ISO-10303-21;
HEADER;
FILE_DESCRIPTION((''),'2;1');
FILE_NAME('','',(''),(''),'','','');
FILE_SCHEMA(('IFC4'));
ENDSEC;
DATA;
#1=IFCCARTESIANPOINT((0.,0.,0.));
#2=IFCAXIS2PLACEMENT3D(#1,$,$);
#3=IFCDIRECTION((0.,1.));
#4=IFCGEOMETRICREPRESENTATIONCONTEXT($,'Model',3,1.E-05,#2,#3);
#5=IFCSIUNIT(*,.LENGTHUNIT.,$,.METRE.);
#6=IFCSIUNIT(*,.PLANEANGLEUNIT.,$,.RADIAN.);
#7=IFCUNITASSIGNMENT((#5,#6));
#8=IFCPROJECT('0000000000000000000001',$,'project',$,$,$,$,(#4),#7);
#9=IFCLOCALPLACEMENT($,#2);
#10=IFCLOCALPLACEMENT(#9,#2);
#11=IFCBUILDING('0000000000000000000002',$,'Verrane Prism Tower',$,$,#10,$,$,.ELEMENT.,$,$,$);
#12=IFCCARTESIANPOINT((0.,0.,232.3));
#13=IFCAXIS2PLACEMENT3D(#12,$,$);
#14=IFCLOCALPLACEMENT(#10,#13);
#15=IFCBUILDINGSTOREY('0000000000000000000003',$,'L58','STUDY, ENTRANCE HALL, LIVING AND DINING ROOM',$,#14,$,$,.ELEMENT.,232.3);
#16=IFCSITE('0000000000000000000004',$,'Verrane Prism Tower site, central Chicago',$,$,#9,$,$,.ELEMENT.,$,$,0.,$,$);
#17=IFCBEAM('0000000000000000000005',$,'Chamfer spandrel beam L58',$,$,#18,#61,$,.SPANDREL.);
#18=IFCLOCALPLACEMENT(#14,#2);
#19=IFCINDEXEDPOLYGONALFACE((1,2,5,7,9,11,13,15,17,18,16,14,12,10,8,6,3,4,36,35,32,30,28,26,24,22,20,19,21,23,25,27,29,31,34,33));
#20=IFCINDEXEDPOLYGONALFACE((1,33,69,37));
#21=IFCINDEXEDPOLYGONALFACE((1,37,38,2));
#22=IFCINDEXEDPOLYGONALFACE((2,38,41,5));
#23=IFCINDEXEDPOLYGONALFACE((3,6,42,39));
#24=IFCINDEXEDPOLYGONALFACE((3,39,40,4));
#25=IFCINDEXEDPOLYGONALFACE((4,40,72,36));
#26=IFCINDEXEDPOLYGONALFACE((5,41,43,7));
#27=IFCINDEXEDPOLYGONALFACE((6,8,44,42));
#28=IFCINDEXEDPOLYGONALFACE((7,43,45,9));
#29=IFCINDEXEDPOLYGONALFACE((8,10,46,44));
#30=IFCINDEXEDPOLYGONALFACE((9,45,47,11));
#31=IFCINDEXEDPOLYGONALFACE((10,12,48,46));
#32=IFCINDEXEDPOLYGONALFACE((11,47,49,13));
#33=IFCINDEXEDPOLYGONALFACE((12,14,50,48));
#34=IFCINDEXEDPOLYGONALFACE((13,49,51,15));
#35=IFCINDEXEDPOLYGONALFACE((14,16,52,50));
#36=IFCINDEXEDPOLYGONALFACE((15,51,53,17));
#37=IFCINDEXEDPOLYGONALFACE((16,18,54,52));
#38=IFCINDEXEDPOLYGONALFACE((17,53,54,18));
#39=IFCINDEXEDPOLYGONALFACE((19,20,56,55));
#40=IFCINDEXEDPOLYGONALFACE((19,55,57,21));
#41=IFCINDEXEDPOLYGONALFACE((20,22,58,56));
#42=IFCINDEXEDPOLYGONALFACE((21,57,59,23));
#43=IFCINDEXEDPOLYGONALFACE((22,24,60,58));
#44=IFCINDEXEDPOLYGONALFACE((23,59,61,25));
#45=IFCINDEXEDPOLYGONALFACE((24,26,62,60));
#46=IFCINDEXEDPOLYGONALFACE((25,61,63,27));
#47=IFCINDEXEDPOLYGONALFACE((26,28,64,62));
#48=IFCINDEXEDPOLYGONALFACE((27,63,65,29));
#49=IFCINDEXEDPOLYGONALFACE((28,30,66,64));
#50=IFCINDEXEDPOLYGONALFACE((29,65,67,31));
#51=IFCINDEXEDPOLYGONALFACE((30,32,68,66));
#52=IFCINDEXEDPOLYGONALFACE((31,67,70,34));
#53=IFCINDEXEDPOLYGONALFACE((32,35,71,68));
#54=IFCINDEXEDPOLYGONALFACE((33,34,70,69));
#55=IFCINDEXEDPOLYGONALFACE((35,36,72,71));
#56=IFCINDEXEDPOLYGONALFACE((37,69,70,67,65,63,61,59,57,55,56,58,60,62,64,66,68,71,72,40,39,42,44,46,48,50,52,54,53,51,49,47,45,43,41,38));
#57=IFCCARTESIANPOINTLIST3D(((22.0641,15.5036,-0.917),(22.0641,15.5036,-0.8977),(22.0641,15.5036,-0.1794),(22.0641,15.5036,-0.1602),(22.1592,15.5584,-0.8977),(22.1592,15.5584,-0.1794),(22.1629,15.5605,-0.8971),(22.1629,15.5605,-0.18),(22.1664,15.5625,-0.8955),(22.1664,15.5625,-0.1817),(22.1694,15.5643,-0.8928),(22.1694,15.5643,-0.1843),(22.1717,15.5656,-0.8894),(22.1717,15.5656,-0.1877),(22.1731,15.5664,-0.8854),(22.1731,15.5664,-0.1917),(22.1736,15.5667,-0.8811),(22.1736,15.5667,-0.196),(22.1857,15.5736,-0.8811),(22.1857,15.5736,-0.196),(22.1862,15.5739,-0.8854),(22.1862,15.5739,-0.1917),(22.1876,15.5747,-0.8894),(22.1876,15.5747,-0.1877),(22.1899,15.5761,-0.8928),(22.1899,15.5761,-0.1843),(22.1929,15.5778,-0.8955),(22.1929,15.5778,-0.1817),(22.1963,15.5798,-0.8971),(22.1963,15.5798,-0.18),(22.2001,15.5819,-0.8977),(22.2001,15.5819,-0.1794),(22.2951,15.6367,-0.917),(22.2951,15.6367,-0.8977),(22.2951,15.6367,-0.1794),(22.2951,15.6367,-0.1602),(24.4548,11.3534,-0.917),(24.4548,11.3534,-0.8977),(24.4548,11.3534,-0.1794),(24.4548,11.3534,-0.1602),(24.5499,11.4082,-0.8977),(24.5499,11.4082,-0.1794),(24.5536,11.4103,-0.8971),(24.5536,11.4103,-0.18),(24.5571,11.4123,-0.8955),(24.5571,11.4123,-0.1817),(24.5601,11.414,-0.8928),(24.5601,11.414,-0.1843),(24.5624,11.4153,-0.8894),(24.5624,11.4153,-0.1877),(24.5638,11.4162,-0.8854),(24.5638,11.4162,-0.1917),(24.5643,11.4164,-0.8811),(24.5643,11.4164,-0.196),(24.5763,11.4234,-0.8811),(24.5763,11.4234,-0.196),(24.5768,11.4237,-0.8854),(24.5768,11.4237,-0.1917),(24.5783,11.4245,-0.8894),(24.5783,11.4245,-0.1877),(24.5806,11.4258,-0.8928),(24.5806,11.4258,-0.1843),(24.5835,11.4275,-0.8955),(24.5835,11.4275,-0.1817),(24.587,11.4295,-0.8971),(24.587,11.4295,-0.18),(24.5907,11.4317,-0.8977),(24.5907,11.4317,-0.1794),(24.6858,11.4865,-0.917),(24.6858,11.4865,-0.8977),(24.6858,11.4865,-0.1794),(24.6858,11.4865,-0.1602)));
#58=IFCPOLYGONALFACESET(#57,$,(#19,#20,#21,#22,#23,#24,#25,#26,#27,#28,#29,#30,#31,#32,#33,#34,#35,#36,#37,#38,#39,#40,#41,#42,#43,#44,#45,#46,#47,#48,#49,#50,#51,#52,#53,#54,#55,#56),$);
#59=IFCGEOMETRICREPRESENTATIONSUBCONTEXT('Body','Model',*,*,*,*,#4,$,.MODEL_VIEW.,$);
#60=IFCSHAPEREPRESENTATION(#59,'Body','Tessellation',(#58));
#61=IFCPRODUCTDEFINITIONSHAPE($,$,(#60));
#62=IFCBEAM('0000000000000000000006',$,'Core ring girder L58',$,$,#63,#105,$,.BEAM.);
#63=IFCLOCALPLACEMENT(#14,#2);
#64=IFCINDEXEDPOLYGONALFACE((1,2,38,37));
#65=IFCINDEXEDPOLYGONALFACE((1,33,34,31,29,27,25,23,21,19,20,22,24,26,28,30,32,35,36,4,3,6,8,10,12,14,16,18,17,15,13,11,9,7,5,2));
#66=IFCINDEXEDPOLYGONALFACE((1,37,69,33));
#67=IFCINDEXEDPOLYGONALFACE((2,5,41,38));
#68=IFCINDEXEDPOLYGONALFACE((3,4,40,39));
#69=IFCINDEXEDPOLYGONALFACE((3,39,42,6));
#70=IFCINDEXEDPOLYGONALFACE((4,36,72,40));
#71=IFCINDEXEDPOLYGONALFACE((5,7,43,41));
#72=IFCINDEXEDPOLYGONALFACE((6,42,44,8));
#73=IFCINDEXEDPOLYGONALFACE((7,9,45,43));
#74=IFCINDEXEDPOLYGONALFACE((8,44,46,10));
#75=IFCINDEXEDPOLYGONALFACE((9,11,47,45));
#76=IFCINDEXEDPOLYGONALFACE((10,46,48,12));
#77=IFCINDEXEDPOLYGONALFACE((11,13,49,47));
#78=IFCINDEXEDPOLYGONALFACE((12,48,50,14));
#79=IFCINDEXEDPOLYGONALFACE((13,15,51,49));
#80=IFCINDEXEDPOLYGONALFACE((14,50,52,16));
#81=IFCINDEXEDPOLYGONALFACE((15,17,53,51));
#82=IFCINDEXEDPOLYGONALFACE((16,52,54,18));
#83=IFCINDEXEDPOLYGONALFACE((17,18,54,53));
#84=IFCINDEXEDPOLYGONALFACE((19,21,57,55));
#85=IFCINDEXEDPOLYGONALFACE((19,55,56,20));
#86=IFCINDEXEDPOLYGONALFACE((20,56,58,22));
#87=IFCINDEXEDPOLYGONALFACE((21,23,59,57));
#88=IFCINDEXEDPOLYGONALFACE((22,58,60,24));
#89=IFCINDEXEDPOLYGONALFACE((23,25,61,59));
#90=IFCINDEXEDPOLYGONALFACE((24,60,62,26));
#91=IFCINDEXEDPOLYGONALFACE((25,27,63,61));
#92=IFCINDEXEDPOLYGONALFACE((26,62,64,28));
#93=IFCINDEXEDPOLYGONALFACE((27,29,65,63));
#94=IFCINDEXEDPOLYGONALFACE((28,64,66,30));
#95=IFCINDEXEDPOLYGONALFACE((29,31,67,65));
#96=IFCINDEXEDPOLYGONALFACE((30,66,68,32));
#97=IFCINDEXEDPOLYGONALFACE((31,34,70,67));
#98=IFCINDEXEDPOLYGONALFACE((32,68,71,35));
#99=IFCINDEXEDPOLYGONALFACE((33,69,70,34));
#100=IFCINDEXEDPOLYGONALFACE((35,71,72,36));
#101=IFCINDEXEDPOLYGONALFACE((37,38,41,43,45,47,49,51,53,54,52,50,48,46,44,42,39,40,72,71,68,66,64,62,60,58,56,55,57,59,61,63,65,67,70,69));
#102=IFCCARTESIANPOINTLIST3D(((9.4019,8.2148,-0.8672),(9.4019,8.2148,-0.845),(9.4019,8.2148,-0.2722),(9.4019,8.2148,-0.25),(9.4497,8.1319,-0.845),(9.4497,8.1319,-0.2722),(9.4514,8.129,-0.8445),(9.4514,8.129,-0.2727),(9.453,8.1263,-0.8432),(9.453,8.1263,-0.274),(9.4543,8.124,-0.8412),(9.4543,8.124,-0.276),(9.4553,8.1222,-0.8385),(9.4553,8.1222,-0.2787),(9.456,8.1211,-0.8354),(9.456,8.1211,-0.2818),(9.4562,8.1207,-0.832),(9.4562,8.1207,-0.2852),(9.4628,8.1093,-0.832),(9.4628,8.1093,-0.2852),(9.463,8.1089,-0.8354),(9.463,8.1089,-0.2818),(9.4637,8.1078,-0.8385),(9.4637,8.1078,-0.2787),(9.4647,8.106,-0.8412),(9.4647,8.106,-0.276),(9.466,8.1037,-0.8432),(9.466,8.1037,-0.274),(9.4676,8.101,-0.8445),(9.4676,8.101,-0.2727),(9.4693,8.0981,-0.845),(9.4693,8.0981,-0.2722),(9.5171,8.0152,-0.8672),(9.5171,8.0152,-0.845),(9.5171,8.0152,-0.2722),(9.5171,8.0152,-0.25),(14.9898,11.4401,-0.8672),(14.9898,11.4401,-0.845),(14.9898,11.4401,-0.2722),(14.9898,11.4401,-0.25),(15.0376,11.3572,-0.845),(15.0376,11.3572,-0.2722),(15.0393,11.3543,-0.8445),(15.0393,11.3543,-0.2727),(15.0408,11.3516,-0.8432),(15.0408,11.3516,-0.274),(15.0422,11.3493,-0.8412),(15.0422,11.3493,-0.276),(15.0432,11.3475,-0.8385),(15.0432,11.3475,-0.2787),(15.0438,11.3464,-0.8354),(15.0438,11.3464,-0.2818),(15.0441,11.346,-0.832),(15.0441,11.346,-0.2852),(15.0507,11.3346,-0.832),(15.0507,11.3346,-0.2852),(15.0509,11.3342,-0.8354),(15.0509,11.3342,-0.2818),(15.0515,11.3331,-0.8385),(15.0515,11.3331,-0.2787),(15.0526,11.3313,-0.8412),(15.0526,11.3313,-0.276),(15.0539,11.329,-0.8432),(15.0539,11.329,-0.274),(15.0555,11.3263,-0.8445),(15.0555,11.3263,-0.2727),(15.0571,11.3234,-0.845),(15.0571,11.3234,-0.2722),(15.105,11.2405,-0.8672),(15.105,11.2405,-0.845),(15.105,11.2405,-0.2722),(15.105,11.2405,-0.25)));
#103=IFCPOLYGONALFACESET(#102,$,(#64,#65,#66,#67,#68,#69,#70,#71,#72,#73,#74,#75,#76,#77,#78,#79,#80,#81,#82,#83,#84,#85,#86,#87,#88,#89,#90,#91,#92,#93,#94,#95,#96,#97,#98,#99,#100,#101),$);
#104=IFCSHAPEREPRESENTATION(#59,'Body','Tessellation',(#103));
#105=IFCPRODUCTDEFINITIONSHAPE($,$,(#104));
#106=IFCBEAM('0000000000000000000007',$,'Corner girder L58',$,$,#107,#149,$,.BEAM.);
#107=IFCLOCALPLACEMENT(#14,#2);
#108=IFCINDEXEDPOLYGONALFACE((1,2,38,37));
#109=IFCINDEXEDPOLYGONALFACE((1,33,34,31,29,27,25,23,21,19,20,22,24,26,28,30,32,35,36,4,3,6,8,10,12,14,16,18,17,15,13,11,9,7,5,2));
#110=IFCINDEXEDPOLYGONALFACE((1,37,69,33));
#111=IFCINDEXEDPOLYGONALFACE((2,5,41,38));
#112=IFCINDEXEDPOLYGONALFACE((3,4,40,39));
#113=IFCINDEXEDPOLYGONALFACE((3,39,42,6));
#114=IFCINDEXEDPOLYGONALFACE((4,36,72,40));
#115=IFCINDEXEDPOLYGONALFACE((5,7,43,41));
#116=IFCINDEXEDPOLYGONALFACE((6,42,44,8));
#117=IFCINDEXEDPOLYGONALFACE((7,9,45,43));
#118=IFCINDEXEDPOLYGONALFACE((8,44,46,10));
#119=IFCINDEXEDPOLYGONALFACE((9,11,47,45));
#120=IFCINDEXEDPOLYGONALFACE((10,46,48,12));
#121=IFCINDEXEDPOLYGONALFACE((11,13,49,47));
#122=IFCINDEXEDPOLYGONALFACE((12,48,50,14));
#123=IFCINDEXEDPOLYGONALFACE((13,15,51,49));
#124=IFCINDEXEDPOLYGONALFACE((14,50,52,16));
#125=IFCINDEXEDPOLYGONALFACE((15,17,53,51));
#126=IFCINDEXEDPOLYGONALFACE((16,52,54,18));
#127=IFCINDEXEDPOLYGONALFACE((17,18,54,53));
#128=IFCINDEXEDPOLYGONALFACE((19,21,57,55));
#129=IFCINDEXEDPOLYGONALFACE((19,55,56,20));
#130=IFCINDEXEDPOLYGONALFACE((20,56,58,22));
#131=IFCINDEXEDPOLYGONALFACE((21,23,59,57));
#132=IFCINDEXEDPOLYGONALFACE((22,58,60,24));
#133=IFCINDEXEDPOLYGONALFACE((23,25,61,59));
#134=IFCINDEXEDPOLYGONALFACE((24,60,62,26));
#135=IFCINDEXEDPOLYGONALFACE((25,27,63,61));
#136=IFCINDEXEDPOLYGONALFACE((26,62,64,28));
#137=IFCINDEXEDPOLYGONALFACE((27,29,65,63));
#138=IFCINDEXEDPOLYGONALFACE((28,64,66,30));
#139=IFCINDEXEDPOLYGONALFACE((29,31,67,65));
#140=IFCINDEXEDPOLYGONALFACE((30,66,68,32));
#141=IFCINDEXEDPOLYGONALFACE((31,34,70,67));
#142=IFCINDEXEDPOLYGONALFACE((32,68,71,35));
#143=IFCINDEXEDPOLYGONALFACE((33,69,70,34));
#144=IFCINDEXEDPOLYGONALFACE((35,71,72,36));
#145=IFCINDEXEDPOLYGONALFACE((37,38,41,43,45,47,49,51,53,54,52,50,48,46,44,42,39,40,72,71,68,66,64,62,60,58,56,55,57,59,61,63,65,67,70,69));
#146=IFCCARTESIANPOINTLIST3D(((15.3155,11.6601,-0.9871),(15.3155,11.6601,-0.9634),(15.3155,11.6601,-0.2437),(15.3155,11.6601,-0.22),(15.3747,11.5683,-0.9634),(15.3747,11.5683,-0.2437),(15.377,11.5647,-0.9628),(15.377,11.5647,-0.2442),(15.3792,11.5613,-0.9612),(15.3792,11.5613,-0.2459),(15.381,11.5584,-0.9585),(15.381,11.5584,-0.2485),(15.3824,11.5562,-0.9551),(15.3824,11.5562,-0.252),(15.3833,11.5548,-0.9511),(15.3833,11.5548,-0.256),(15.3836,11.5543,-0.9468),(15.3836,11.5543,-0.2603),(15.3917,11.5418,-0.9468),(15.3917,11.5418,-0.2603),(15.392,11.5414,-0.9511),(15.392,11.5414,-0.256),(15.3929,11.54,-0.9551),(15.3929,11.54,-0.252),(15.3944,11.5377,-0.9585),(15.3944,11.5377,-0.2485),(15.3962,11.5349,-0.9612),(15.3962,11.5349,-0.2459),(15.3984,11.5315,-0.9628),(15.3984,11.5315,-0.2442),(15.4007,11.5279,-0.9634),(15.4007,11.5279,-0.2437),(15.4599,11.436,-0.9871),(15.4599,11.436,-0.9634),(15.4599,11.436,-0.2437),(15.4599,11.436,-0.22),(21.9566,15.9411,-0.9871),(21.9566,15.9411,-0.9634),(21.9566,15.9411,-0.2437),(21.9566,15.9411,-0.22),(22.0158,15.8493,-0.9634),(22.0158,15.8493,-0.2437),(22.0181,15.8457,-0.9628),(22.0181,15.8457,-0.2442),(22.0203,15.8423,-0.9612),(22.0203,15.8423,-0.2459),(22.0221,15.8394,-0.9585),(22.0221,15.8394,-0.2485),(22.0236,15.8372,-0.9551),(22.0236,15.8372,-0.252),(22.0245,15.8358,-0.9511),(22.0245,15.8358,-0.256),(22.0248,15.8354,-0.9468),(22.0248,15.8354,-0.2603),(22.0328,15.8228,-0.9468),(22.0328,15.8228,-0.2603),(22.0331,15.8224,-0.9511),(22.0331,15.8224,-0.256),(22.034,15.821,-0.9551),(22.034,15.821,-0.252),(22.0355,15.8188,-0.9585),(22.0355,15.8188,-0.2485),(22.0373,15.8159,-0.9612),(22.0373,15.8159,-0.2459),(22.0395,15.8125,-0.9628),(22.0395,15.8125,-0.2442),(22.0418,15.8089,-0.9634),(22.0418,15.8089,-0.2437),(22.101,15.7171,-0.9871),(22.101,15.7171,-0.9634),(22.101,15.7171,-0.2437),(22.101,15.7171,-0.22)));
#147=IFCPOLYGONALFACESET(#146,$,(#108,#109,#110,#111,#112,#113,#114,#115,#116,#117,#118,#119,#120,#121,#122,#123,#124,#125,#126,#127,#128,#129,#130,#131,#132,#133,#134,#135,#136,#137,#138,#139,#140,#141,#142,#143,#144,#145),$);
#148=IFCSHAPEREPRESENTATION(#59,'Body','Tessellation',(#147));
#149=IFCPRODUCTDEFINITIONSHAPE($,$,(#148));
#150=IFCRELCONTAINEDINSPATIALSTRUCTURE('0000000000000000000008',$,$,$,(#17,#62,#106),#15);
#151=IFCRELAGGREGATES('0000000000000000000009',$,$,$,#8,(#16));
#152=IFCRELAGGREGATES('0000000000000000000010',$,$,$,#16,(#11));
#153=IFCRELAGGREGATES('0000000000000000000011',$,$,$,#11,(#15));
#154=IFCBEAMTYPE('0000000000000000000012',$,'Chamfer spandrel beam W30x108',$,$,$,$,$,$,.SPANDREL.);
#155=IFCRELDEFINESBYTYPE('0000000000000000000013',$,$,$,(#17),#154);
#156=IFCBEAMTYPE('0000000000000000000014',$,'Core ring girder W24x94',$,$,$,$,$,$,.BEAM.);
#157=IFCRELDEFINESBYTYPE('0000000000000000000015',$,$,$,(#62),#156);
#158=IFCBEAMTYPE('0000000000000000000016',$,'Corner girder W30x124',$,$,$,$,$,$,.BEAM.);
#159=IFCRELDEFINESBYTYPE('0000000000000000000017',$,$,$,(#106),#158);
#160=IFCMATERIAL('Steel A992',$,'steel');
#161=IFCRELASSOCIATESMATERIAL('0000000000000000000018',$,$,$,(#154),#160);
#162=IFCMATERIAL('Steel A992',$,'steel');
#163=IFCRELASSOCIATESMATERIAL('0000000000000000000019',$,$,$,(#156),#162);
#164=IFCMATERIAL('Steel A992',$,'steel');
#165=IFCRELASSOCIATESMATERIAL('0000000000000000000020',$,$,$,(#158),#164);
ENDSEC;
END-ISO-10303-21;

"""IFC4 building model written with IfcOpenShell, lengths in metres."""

from ifc_helpers import new_model, si_unit, direction, frame, origin, origin_2d, place, context, subcontext, project, spatial, i_section, extrude, material, material_profile, profile_set, type_object, element, save


model = new_model("IFC4")

# Units and contexts
model_context = context("Model", 3, precision=1e-05, world=origin(), true_north=direction((0.0, 1.0)))
body_context = subcontext(model_context, "Body", "Model", "MODEL_VIEW")
ifc_project = project(units=[si_unit("LENGTHUNIT", "METRE"), si_unit("PLANEANGLEUNIT", "RADIAN")], contexts=[model_context])

# Site, building, storey
site_placement = place(None, origin())
site = spatial("IfcSite", under=ifc_project, at=site_placement, Name="Verrane Prism Tower site, central Chicago", CompositionType="ELEMENT", RefElevation=0.0)
building_placement = place(site_placement, origin())
building = spatial("IfcBuilding", under=site, at=building_placement, Name="Verrane Prism Tower", CompositionType="ELEMENT")
storey_placement = place(building_placement, frame((0.0, 0.0, 232.3)))
storey = spatial("IfcBuildingStorey", under=building, at=storey_placement, Name="L58", Description="STUDY, ENTRANCE HALL, LIVING AND DINING ROOM", CompositionType="ELEMENT", Elevation=232.3)

# Beams
ifc_material_1 = material(Name="Steel A992", Category="steel")
ifc_material_profile_1 = material_profile(ifc_material_1, i_section(OverallWidth=0.2666, OverallDepth=0.7568, WebThickness=0.0139, FlangeThickness=0.0193, FilletRadius=0.0166, at=origin_2d()), Name="W30x108")
ifc_profile_set_1 = profile_set([ifc_material_profile_1], Name="Steel A992")
beam_type_1 = type_object("IfcBeamType", Name="Chamfer spandrel beam W30x108", PredefinedType="SPANDREL", material=ifc_profile_set_1)
beam_1_placement = place(storey_placement, frame((24.5703, 11.4199, -0.5386), z_axis=(-0.499144, 0.866519, 0.0), x_axis=(-0.866519, -0.499144, 0.0)))
element("IfcBeam", 1, at=beam_1_placement, inside=storey, type_object=beam_type_1, Name="Chamfer spandrel beam L58", PredefinedType="SPANDREL", context=body_context, shape_type="SweptSolid", body=[
    extrude(i_section(OverallWidth=0.2666, OverallDepth=0.7568, WebThickness=0.0139, FlangeThickness=0.0193, FilletRadius=0.0166, at=origin_2d()), origin(), (0.0, 0.0, 1.0), 4.7896),
])
ifc_material_2 = material(Name="Steel A992", Category="steel")
ifc_material_profile_2 = material_profile(ifc_material_2, i_section(OverallWidth=0.2305, OverallDepth=0.6172, WebThickness=0.0132, FlangeThickness=0.0222, FilletRadius=0.0129, at=origin_2d()), Name="W24x94")
ifc_profile_set_2 = profile_set([ifc_material_profile_2], Name="Steel A992")
beam_type_2 = type_object("IfcBeamType", Name="Core ring girder W24x94", PredefinedType="BEAM", material=ifc_profile_set_2)
beam_2_placement = place(storey_placement, frame((15.0474, 11.3403, -0.5586), z_axis=(-0.866081, -0.499904, 0.0), x_axis=(0.499904, -0.866081, 0.0)))
element("IfcBeam", 2, at=beam_2_placement, inside=storey, type_object=beam_type_2, Name="Core ring girder L58", PredefinedType="BEAM", context=body_context, shape_type="SweptSolid", body=[
    extrude(i_section(OverallWidth=0.2305, OverallDepth=0.6172, WebThickness=0.0132, FlangeThickness=0.0222, FilletRadius=0.0129, at=origin_2d()), origin(), (0.0, 0.0, 1.0), 6.4519),
])
ifc_material_3 = material(Name="Steel A992", Category="steel")
ifc_material_profile_3 = material_profile(ifc_material_3, i_section(OverallWidth=0.2666, OverallDepth=0.7671, WebThickness=0.0149, FlangeThickness=0.0237, FilletRadius=0.0166, at=origin_2d()), Name="W30x124")
ifc_profile_set_3 = profile_set([ifc_material_profile_3], Name="Steel A992")
beam_type_3 = type_object("IfcBeamType", Name="Corner girder W30x124", PredefinedType="BEAM", material=ifc_profile_set_3)
beam_3_placement = place(storey_placement, frame((22.0288, 15.8291, -0.6035), z_axis=(-0.840503, -0.541807, 0.0), x_axis=(0.541807, -0.840503, 0.0)))
element("IfcBeam", 3, at=beam_3_placement, inside=storey, type_object=beam_type_3, Name="Corner girder L58", PredefinedType="BEAM", context=body_context, shape_type="SweptSolid", body=[
    extrude(i_section(OverallWidth=0.2666, OverallDepth=0.7671, WebThickness=0.0149, FlangeThickness=0.0237, FilletRadius=0.0166, at=origin_2d()), origin(), (0.0, 0.0, 1.0), 7.9014),
])

save(model, "model.ifc")
